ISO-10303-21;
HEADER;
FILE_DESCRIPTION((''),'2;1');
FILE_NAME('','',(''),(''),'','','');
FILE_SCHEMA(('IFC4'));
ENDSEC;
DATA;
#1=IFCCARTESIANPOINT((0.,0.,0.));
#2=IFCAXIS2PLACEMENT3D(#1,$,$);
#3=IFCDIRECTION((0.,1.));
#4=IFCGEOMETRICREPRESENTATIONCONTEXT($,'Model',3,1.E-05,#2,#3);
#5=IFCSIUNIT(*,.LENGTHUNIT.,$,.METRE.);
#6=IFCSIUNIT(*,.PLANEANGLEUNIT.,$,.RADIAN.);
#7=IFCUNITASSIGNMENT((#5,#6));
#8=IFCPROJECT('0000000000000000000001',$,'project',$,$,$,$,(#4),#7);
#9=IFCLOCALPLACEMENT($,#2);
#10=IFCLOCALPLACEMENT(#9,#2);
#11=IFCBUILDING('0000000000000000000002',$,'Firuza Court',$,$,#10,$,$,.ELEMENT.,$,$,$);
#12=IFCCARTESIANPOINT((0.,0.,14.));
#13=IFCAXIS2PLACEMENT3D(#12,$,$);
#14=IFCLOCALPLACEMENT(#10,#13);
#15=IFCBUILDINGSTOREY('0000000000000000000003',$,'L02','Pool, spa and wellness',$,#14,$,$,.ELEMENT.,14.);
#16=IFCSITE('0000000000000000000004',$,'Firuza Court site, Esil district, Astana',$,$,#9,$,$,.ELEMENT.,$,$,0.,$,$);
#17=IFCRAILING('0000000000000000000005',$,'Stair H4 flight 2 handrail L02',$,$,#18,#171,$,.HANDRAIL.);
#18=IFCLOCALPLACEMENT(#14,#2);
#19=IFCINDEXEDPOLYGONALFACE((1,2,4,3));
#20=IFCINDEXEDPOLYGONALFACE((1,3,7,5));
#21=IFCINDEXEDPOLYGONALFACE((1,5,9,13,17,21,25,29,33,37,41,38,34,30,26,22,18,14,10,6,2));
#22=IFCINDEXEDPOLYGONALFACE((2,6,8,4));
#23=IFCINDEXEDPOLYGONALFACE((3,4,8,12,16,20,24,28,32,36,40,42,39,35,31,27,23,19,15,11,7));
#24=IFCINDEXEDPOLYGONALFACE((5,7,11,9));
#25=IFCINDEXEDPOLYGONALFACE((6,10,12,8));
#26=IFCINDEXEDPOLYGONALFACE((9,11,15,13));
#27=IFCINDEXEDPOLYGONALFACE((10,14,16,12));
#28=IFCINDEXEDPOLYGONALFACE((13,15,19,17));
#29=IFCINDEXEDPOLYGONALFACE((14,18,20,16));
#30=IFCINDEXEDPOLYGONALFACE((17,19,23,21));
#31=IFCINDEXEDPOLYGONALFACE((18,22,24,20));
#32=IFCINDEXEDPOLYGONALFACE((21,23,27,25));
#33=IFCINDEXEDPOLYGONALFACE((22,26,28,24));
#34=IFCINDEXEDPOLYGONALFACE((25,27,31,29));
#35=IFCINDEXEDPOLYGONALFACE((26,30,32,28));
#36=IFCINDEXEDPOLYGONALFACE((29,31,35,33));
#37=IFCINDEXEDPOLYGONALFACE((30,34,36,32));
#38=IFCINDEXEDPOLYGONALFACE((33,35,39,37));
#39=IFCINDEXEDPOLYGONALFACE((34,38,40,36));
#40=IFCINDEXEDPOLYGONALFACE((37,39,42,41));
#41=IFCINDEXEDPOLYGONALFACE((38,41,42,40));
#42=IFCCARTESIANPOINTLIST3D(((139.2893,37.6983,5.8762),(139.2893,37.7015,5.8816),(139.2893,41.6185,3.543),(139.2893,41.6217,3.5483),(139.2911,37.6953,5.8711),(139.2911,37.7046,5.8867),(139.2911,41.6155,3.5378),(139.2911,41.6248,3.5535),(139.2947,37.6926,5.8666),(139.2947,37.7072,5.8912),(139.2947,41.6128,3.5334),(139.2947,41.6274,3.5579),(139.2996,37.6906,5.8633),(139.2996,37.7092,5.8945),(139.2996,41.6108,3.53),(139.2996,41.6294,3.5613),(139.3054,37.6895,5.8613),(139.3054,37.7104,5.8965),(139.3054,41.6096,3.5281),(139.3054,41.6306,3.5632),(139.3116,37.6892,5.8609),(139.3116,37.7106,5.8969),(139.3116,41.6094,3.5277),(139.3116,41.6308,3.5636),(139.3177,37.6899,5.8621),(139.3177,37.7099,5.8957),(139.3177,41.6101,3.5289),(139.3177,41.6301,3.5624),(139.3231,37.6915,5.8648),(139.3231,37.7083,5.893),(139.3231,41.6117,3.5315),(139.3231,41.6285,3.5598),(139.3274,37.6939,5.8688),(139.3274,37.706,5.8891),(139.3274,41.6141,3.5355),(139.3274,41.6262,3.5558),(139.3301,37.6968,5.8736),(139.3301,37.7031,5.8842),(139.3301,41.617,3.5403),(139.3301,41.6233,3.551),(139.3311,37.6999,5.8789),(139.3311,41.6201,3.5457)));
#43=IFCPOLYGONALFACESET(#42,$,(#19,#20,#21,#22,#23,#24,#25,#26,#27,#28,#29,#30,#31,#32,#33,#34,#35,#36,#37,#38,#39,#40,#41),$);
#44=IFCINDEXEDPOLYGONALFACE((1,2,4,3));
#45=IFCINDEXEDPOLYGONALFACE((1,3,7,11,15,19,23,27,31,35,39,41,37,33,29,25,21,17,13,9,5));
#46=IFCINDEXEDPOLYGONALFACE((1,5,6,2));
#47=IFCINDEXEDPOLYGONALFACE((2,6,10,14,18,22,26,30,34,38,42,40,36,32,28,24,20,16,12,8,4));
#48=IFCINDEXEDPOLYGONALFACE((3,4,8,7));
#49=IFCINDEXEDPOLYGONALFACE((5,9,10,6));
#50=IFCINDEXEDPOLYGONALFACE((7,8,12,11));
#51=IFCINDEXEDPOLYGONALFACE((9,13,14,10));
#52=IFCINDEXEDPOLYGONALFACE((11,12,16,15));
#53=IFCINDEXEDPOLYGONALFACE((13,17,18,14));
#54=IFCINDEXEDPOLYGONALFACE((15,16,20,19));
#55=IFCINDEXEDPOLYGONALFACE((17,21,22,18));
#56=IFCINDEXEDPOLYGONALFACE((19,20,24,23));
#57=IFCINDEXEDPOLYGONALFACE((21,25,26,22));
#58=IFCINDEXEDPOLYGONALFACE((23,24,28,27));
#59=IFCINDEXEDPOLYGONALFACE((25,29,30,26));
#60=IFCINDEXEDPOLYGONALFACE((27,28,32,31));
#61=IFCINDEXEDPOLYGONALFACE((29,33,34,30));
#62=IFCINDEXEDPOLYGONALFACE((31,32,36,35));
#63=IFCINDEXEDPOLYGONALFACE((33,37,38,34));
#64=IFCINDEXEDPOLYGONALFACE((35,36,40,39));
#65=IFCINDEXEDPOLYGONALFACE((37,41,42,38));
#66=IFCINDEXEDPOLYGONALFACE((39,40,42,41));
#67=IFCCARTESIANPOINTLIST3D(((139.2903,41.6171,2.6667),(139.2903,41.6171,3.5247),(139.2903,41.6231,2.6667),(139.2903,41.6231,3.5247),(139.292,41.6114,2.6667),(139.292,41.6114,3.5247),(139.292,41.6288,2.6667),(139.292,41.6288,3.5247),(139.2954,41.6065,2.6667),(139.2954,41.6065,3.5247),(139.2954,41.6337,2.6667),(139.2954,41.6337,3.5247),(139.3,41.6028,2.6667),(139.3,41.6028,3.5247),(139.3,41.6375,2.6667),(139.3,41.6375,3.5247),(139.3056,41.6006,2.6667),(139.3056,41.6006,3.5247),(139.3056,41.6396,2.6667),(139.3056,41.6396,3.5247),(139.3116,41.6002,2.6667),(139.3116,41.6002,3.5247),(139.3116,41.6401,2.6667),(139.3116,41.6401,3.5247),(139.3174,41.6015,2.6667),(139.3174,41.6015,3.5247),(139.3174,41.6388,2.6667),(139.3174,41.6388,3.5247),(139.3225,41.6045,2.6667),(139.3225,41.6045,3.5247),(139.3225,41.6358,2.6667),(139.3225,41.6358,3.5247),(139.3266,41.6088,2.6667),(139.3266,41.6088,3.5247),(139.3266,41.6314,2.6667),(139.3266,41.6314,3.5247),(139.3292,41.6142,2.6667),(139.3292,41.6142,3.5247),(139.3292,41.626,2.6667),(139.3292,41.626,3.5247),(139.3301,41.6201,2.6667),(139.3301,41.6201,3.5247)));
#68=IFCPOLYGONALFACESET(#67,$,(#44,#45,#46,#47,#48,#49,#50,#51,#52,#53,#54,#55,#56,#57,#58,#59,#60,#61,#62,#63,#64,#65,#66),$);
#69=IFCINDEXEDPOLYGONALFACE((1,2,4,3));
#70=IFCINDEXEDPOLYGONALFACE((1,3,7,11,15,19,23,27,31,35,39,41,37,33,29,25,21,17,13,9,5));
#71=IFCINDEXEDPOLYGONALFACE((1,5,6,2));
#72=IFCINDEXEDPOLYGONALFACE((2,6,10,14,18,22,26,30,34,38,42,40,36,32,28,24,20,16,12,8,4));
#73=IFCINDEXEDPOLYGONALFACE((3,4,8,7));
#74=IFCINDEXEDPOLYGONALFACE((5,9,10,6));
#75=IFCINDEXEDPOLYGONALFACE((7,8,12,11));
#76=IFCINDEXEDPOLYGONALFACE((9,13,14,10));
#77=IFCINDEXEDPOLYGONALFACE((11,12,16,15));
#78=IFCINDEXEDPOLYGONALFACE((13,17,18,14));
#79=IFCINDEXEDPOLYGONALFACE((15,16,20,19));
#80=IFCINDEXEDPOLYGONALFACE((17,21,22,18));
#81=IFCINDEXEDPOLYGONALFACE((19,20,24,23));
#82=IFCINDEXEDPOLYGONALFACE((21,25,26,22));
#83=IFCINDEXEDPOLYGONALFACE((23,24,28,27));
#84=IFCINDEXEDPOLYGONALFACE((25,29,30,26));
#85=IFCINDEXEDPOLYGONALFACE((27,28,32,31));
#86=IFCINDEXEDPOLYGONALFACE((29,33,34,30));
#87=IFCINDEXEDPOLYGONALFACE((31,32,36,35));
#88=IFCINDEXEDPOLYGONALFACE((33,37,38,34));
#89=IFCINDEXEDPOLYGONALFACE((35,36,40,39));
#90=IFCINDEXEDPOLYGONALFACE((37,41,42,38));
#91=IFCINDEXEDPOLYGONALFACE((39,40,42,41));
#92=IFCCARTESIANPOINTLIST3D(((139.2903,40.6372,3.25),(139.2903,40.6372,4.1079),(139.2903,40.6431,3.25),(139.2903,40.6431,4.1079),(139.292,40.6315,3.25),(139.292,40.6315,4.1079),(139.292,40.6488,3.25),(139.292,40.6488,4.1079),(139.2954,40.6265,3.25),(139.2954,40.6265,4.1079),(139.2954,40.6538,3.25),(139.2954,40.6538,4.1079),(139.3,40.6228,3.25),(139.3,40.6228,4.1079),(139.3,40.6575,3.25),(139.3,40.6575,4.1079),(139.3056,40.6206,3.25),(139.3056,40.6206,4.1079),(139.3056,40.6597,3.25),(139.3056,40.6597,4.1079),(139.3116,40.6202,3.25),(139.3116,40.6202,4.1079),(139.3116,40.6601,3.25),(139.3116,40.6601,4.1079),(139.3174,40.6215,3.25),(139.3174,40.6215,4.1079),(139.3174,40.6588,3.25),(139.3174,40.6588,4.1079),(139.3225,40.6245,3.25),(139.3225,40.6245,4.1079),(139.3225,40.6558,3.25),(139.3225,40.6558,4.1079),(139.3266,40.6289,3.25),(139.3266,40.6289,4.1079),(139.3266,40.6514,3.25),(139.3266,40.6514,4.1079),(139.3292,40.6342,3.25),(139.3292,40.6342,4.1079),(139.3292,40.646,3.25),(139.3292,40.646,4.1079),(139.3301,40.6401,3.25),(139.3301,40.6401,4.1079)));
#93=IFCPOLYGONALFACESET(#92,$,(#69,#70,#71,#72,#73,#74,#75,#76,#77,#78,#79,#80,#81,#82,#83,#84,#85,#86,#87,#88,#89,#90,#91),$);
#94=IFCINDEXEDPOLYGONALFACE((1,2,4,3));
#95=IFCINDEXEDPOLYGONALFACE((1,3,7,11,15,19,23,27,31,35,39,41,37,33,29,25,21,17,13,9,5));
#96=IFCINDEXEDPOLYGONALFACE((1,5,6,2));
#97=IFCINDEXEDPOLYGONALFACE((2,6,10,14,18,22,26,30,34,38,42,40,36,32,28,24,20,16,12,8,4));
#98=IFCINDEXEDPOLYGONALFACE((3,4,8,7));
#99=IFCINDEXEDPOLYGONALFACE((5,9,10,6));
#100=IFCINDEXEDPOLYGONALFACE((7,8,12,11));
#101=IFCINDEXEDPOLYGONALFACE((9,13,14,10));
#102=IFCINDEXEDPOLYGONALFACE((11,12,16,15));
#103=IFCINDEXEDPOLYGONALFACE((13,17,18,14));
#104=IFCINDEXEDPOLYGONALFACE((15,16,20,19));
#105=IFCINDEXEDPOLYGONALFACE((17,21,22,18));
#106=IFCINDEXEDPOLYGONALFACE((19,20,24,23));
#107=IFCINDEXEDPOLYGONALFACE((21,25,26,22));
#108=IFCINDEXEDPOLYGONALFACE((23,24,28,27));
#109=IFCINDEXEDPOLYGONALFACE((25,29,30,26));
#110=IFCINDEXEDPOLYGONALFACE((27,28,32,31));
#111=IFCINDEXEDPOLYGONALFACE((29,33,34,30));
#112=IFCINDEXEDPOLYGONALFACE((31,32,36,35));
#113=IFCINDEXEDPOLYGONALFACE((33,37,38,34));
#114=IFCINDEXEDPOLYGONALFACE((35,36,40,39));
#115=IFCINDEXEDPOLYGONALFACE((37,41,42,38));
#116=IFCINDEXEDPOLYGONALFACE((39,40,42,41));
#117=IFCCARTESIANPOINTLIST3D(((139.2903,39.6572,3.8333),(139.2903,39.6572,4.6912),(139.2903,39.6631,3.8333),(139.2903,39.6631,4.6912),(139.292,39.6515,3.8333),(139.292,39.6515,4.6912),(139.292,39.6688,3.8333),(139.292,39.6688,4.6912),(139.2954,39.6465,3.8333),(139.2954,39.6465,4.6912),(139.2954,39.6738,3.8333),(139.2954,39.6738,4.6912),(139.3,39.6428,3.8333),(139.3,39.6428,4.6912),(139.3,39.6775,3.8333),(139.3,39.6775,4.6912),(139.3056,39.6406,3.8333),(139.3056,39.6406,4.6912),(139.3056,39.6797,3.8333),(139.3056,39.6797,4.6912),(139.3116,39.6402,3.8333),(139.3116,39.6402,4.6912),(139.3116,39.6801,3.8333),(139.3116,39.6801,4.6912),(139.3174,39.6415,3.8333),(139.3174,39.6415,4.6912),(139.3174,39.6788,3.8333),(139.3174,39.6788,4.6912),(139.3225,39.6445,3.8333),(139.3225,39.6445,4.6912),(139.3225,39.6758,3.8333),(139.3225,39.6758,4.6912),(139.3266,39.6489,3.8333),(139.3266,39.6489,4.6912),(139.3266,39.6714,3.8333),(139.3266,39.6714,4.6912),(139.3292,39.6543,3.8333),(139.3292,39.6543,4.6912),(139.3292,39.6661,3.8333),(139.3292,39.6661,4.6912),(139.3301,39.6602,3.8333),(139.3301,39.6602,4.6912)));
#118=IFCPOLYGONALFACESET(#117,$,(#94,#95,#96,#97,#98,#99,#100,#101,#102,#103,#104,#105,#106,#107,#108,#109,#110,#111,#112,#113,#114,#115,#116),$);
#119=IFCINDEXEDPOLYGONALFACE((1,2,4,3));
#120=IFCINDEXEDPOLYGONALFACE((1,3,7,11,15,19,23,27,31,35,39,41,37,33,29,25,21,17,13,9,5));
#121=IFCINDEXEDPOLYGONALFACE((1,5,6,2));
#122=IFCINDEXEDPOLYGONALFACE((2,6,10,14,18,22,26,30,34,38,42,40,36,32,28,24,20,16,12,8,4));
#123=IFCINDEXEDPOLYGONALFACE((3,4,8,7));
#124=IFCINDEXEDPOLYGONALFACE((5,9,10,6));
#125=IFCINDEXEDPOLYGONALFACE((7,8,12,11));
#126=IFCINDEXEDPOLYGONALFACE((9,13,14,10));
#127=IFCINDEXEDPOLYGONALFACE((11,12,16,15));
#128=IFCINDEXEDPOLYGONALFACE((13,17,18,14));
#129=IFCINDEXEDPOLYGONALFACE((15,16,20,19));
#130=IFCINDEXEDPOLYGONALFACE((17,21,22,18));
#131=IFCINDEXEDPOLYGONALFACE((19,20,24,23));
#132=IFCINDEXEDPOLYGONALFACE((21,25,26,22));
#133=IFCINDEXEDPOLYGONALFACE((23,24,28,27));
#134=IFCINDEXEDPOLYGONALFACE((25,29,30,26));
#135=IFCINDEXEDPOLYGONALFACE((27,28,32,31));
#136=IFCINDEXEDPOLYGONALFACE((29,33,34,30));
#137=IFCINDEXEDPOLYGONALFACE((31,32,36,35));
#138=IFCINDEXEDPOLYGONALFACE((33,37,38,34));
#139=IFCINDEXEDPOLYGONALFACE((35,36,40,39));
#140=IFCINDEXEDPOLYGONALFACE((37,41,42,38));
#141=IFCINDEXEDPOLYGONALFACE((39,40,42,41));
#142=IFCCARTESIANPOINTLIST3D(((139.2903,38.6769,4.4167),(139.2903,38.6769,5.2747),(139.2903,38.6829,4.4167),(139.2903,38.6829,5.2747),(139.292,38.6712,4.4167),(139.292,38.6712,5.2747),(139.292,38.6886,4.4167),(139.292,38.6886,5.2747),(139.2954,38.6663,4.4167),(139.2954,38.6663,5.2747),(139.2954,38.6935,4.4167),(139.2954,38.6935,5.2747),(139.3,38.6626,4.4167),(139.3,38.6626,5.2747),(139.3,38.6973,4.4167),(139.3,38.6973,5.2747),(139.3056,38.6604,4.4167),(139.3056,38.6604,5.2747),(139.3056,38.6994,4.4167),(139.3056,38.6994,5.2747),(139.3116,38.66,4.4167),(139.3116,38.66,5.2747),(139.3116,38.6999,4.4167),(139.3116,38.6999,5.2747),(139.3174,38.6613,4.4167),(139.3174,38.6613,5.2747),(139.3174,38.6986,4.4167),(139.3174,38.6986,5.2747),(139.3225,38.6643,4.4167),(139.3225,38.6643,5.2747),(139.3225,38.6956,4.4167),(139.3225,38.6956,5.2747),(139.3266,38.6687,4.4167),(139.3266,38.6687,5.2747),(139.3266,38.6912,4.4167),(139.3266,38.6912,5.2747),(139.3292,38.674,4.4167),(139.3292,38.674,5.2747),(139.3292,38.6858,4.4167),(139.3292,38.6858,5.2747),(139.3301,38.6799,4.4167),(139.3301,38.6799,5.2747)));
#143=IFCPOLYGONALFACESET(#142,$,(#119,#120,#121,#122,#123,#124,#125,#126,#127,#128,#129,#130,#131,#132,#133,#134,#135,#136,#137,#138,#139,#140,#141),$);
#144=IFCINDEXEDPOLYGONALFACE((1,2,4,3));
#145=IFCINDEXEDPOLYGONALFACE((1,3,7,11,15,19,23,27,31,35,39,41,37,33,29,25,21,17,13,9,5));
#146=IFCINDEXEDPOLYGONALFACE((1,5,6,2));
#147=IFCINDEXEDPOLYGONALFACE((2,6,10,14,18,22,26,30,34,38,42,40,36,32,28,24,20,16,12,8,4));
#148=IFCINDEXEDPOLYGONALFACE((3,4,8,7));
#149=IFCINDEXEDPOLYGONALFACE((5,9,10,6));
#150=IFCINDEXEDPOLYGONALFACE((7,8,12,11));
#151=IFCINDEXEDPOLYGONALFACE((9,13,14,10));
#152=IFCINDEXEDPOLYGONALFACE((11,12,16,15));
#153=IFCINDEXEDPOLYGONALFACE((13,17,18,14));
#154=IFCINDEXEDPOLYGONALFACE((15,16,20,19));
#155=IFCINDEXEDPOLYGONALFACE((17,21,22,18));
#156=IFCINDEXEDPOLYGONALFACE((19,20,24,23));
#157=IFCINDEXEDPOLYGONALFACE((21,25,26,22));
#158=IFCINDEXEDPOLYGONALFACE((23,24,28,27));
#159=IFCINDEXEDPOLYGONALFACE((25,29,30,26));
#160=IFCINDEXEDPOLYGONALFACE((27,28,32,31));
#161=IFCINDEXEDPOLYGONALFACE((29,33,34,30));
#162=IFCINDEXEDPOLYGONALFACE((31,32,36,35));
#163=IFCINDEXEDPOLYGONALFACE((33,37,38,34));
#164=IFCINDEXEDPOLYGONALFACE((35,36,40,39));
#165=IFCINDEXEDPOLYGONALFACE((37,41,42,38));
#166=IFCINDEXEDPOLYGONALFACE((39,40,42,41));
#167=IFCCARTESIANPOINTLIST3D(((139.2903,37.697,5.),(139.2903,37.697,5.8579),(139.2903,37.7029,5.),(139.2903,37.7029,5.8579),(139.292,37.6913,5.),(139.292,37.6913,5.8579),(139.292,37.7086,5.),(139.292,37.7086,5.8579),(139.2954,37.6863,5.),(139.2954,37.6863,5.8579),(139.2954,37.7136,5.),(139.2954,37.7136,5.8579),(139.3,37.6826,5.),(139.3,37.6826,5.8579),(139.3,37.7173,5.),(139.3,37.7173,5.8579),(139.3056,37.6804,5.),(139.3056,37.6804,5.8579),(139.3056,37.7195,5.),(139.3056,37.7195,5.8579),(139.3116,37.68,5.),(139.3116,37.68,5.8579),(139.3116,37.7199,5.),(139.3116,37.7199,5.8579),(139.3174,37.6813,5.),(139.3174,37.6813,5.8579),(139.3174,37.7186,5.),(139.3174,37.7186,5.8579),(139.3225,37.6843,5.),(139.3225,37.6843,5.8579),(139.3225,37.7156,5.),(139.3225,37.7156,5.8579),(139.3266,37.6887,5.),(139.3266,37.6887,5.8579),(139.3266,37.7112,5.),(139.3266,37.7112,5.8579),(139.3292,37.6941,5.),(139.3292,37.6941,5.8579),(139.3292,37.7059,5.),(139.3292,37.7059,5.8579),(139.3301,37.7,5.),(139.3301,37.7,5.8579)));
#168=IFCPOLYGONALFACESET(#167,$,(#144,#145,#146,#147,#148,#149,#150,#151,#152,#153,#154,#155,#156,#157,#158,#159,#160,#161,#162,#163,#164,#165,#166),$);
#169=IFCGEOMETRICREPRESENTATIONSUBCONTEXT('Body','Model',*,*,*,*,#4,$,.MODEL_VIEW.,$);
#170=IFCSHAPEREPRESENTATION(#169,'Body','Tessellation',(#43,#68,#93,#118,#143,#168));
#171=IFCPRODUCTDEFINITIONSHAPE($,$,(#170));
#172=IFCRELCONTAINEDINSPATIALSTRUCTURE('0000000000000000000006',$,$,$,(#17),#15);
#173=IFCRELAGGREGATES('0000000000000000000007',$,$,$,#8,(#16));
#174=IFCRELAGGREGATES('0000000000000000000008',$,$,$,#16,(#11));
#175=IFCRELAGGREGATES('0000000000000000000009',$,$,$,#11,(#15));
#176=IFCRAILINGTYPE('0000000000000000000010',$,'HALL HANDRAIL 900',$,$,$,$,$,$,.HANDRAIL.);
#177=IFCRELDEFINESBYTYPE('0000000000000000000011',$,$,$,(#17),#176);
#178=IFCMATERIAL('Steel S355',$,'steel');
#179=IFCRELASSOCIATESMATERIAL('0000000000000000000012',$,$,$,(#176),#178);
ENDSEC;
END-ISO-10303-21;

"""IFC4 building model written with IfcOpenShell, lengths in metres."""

from ifc_helpers import new_model, si_unit, direction, frame, origin, origin_2d, place, context, subcontext, project, spatial, circle, extrude, material, type_object, element, save


model = new_model("IFC4")

# Units and contexts
model_context = context("Model", 3, precision=1e-05, world=origin(), true_north=direction((0.0, 1.0)))
body_context = subcontext(model_context, "Body", "Model", "MODEL_VIEW")
ifc_project = project(units=[si_unit("LENGTHUNIT", "METRE"), si_unit("PLANEANGLEUNIT", "RADIAN")], contexts=[model_context])

# Site, building, storey
site_placement = place(None, origin())
site = spatial("IfcSite", under=ifc_project, at=site_placement, Name="Firuza Court site, Esil district, Astana", CompositionType="ELEMENT", RefElevation=0.0)
building_placement = place(site_placement, origin())
building = spatial("IfcBuilding", under=site, at=building_placement, Name="Firuza Court", CompositionType="ELEMENT")
storey_placement = place(building_placement, frame((0.0, 0.0, 14.0)))
storey = spatial("IfcBuildingStorey", under=building, at=storey_placement, Name="L02", Description="Pool, spa and wellness", CompositionType="ELEMENT", Elevation=14.0)

# Railing
ifc_material_1 = material(Name="Steel S355", Category="steel")
railing_type_1 = type_object("IfcRailingType", Name="HALL HANDRAIL 900", PredefinedType="HANDRAIL", material=ifc_material_1)
railing_1_placement = place(storey_placement, frame((139.3101, 41.6201, 2.6667)))
element("IfcRailing", 1, at=railing_1_placement, inside=storey, type_object=railing_type_1, Name="Stair H4 flight 2 handrail L02", PredefinedType="HANDRAIL", context=body_context, shape_type="SweptSolid", body=[
    extrude(circle(Radius=0.021, at=origin_2d()), frame((0.0, 0.0, 0.8789), z_axis=(0.0, -0.85931, 0.511455), x_axis=(1.0, 0.0, 0.0)), (0.0, 0.0, 1.0), 4.562),
    extrude(circle(Radius=0.02, at=origin_2d()), origin(), (0.0, 0.0, 1.0), 0.8579),
    extrude(circle(Radius=0.02, at=origin_2d()), frame((0.0, -0.98, 0.5833)), (0.0, 0.0, 1.0), 0.8579),
    extrude(circle(Radius=0.02, at=origin_2d()), frame((0.0, -1.96, 1.1665)), (0.0, 0.0, 1.0), 0.8579),
    extrude(circle(Radius=0.02, at=origin_2d()), frame((0.0, -2.9402, 1.75)), (0.0, 0.0, 1.0), 0.8579),
    extrude(circle(Radius=0.02, at=origin_2d()), frame((0.0, -3.9202, 2.3333)), (0.0, 0.0, 1.0), 0.8579),
])

save(model, "model.ifc")
